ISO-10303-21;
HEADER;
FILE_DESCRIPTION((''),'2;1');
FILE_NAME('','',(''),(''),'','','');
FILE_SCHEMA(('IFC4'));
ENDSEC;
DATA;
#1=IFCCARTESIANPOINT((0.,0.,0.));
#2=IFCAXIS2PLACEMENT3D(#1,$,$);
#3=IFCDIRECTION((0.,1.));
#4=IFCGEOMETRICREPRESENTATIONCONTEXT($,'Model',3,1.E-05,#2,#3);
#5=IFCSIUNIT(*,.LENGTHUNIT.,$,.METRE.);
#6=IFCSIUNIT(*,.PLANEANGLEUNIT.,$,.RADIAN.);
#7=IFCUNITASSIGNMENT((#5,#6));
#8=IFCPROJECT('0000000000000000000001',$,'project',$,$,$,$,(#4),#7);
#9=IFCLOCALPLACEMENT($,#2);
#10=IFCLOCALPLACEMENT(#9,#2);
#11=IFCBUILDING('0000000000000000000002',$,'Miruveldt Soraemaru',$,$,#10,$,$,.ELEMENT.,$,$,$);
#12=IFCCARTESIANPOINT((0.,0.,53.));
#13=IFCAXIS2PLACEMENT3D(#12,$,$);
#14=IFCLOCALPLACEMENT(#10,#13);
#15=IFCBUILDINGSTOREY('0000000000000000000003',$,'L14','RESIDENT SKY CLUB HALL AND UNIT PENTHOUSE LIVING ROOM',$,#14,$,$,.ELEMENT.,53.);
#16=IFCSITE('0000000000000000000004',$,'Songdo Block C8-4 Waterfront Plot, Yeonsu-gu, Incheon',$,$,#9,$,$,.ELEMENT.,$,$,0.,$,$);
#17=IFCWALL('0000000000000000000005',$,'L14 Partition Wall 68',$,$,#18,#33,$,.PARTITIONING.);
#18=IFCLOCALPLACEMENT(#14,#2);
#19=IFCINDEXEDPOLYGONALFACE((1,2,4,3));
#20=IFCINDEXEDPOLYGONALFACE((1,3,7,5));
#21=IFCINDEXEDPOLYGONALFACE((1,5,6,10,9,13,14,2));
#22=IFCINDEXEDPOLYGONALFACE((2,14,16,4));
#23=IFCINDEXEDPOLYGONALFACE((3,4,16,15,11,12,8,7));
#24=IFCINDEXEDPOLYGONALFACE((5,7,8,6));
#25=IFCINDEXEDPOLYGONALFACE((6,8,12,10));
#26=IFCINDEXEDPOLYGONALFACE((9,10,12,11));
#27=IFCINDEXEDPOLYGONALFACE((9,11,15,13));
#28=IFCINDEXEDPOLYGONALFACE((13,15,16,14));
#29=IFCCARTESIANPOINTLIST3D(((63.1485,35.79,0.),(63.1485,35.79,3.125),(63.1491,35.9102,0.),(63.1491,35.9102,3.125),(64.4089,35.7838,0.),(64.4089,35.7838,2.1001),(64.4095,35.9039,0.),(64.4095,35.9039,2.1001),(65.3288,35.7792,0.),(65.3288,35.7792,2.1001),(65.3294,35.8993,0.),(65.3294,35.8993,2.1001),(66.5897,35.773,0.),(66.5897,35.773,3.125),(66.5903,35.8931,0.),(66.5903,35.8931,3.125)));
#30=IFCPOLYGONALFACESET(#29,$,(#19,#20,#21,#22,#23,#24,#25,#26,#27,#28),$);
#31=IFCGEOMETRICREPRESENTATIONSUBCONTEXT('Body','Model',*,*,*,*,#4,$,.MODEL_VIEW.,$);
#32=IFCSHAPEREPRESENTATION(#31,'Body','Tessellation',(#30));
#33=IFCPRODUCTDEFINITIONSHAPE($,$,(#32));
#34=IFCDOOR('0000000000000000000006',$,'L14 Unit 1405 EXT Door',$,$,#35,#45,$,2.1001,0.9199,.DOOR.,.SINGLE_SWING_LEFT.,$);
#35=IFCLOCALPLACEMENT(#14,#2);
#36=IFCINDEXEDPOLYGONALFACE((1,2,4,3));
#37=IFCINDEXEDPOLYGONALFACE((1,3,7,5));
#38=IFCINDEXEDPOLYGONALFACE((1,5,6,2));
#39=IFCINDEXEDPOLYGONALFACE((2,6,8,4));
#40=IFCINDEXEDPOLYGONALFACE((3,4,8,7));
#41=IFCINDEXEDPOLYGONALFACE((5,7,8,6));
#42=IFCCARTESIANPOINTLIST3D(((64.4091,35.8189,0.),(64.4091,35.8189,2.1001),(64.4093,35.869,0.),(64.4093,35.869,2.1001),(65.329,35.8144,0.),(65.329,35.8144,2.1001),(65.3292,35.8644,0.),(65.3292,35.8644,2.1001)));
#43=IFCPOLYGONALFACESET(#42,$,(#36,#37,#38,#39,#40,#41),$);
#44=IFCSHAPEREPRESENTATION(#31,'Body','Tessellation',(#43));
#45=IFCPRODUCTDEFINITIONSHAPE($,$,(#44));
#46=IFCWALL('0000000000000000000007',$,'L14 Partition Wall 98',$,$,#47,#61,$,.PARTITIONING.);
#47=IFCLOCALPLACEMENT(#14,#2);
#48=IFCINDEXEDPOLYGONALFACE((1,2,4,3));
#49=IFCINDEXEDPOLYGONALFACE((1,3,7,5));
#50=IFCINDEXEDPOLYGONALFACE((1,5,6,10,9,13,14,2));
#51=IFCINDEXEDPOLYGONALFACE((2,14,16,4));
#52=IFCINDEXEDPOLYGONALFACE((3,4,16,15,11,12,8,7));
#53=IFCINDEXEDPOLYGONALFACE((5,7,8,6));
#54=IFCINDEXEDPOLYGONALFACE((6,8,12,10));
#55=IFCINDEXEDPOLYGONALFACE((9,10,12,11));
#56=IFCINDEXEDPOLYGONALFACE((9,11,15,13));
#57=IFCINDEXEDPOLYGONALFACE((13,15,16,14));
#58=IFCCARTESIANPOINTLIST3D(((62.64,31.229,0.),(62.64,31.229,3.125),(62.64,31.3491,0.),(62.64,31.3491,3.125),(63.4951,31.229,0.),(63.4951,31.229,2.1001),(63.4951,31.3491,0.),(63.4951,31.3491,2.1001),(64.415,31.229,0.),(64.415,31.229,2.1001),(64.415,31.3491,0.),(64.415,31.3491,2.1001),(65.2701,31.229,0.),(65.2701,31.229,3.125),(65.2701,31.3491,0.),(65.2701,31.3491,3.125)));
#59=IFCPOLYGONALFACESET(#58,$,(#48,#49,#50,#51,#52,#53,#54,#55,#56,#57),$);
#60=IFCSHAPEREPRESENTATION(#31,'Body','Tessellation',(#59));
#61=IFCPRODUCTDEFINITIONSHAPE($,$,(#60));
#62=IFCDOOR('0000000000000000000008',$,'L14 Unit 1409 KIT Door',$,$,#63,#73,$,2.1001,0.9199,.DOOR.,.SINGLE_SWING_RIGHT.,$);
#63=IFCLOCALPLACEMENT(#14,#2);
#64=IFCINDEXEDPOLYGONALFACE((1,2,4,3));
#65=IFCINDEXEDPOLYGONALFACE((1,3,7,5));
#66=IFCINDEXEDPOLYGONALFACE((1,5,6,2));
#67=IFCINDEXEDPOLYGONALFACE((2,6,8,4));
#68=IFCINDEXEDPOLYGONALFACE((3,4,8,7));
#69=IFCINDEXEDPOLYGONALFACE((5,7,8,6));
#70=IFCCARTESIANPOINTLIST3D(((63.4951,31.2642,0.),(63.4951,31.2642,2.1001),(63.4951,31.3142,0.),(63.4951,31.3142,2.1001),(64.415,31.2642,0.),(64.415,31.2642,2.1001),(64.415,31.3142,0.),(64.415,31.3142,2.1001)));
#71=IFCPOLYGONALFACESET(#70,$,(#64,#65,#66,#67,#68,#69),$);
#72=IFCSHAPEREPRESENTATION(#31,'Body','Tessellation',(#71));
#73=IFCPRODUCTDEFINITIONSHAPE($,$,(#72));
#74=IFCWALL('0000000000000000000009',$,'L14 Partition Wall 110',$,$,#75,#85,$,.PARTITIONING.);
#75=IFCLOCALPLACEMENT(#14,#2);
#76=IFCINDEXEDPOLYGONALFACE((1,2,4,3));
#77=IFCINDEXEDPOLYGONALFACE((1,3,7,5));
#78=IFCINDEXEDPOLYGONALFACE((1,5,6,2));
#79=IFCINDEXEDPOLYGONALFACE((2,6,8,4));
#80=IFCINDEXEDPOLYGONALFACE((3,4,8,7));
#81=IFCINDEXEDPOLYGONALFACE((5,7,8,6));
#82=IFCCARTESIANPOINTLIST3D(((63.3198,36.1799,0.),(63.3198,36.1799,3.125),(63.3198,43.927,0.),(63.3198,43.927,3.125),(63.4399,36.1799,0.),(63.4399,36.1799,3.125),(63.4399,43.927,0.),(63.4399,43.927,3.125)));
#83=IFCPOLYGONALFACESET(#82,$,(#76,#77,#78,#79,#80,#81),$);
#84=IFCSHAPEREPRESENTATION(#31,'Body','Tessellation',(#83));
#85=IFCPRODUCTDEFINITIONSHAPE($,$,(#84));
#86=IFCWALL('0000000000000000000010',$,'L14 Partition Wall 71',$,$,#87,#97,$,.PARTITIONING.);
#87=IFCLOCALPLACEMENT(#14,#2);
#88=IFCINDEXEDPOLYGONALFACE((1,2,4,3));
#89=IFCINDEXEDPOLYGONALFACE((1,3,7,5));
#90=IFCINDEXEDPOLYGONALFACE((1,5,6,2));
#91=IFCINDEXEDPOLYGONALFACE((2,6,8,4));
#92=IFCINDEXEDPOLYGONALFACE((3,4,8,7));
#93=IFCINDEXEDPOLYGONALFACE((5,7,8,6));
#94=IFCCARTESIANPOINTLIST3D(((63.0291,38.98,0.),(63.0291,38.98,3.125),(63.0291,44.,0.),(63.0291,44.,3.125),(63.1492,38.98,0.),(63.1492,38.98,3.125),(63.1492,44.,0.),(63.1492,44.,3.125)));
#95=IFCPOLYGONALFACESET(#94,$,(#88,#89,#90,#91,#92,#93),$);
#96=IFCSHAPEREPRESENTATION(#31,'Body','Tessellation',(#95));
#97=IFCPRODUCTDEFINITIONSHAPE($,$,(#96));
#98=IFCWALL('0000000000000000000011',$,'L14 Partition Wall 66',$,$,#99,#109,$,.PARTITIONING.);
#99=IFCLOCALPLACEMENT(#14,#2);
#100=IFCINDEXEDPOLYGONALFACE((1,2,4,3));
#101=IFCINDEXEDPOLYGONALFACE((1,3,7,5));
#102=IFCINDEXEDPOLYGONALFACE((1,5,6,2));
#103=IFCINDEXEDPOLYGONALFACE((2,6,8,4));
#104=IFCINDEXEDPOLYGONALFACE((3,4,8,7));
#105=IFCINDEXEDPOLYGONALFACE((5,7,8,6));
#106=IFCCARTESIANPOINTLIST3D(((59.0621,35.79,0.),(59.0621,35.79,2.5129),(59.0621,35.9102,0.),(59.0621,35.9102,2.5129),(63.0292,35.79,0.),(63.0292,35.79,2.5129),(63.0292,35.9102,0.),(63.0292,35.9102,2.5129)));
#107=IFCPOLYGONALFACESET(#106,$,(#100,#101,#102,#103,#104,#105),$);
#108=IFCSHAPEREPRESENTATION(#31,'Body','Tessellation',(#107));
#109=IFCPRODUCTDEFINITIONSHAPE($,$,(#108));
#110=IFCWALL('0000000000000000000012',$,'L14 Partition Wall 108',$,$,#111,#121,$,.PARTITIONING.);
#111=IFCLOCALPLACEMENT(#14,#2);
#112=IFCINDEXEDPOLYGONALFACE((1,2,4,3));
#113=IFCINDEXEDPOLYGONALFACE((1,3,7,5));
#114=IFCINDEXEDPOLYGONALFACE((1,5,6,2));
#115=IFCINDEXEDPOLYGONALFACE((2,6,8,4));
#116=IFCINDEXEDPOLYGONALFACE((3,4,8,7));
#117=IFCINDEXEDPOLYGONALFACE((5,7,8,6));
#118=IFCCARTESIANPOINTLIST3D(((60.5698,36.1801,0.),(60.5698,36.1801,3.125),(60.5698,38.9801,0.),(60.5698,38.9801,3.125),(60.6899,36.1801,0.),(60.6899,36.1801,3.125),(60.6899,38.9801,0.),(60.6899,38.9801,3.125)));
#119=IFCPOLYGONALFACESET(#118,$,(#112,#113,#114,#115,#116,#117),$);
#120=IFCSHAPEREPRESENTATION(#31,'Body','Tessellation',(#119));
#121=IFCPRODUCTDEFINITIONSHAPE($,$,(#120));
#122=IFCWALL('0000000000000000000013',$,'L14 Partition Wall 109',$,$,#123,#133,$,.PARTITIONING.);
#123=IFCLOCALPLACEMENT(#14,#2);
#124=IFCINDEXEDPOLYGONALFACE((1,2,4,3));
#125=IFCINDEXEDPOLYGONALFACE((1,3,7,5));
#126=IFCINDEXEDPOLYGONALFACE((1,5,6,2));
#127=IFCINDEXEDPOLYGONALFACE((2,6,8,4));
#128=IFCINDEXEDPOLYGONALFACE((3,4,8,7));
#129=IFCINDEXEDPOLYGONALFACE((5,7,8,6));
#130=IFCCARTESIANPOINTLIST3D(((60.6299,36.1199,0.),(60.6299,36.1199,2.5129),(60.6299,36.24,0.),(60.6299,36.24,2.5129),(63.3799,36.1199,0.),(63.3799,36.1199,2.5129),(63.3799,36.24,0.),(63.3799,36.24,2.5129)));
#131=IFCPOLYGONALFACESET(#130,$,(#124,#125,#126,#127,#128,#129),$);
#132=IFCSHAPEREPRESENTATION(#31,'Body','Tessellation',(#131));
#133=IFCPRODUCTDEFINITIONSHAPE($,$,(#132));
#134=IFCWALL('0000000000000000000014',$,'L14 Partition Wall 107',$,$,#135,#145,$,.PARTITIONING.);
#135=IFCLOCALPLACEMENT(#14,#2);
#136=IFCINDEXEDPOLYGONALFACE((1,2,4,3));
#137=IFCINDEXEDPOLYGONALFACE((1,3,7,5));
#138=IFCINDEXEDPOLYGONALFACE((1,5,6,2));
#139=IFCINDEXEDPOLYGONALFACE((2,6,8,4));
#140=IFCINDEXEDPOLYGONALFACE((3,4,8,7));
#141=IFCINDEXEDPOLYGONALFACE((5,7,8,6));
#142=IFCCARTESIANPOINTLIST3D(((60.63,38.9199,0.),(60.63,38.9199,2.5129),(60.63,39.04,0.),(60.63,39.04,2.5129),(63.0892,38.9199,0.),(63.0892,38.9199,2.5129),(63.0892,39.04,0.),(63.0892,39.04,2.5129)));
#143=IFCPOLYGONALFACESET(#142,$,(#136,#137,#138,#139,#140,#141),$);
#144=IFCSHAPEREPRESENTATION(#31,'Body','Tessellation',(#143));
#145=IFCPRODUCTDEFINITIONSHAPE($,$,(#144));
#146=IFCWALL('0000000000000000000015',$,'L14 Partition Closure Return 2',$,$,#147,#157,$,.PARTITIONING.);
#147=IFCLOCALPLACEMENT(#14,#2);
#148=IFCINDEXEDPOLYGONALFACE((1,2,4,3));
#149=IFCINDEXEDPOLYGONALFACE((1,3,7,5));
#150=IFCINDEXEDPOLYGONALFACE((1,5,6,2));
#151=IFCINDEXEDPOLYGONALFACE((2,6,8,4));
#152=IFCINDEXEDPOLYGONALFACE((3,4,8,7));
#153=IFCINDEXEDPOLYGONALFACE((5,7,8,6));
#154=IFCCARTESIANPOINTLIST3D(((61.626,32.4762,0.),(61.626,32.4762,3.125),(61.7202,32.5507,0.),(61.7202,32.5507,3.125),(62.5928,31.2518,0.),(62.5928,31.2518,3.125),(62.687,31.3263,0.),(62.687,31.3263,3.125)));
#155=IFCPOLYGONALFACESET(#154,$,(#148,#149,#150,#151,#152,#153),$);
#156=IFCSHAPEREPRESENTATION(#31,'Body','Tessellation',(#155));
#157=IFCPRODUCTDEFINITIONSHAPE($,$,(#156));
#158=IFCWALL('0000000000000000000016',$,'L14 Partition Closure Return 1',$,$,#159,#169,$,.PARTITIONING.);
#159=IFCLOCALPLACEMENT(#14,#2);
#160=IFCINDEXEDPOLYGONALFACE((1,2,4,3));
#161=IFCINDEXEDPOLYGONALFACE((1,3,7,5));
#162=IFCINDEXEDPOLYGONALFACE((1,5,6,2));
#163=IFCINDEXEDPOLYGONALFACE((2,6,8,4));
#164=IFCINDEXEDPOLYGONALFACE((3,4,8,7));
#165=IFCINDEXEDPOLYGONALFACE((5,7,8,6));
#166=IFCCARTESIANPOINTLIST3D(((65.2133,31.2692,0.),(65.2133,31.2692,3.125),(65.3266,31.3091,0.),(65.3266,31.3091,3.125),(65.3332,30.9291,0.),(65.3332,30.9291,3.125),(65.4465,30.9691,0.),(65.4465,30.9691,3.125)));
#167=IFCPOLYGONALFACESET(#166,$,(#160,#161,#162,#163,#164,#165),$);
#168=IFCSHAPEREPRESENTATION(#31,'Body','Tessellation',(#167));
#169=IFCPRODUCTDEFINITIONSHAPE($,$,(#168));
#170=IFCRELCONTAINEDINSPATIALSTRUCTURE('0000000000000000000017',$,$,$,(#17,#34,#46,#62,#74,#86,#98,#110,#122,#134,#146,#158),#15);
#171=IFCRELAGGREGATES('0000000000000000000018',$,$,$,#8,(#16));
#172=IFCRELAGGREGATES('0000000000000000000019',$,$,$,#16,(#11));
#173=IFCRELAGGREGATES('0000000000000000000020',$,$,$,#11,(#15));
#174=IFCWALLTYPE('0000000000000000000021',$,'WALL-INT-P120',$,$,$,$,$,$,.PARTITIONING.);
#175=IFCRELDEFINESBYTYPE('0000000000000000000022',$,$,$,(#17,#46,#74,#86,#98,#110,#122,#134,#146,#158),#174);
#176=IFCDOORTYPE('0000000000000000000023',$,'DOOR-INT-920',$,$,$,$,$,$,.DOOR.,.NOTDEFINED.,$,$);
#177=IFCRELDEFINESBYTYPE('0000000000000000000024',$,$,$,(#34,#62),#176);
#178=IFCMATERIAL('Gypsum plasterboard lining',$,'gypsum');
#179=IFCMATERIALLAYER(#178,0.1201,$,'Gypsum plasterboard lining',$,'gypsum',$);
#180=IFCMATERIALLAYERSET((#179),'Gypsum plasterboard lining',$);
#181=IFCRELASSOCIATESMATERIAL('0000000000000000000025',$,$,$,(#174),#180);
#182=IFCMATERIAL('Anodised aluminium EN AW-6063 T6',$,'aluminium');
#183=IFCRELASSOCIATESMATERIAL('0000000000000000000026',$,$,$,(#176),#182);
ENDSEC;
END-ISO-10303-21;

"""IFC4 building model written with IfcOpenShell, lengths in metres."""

from ifc_helpers import new_model, si_unit, direction, frame, frame_2d, origin, place, context, subcontext, project, spatial, rectangle, extrude, material, layer, layer_set, type_object, element, fill, save


model = new_model("IFC4")

# Units and contexts
model_context = context("Model", 3, precision=1e-05, world=origin(), true_north=direction((0.0, 1.0)))
body_context = subcontext(model_context, "Body", "Model", "MODEL_VIEW")
ifc_project = project(units=[si_unit("LENGTHUNIT", "METRE"), si_unit("PLANEANGLEUNIT", "RADIAN")], contexts=[model_context])

# Site, building, storey
site_placement = place(None, origin())
site = spatial("IfcSite", under=ifc_project, at=site_placement, Name="Songdo Block C8-4 Waterfront Plot, Yeonsu-gu, Incheon", CompositionType="ELEMENT", RefElevation=0.0)
building_placement = place(site_placement, origin())
building = spatial("IfcBuilding", under=site, at=building_placement, Name="Miruveldt Soraemaru", CompositionType="ELEMENT")
storey_placement = place(building_placement, frame((0.0, 0.0, 53.0)))
storey = spatial("IfcBuildingStorey", under=building, at=storey_placement, Name="L14", Description="RESIDENT SKY CLUB HALL AND UNIT PENTHOUSE LIVING ROOM", CompositionType="ELEMENT", Elevation=53.0)

# Walls, openings, doors
ifc_material_1 = material(Name="Gypsum plasterboard lining", Category="gypsum")
ifc_layer_1 = layer(ifc_material_1, 0.1201, Name="Gypsum plasterboard lining", Category="gypsum")
ifc_layer_set_1 = layer_set([ifc_layer_1], Name="Gypsum plasterboard lining")
wall_type_1 = type_object("IfcWallType", Name="WALL-INT-P120", PredefinedType="PARTITIONING", material=ifc_layer_set_1)
ifc_material_2 = material(Name="Anodised aluminium EN AW-6063 T6", Category="aluminium")
door_type_1 = type_object("IfcDoorType", Name="DOOR-INT-920", OperationType="NOTDEFINED", PredefinedType="DOOR", material=ifc_material_2)
wall_1_placement = place(storey_placement, frame((66.5901, 35.833, 0.0), z_axis=(0.0, 0.0, 1.0), x_axis=(-0.999988, 0.004966, 0.0)))
wall_1 = element("IfcWall", 1, at=wall_1_placement, inside=storey, type_object=wall_type_1, Name="L14 Partition Wall 68", PredefinedType="PARTITIONING", context=body_context, shape_type="SweptSolid", body=[
    extrude(rectangle(XDim=3.4412, YDim=0.1201, at=frame_2d((1.7207, 0.0))), origin(), (0.0, 0.0, 1.0), 3.125),
])
opening_1_placement = place(wall_1_placement, frame((1.261, 0.0, 0.0)))
opening_1 = element("IfcOpeningElement", 2, at=opening_1_placement, cuts=wall_1, PredefinedType="OPENING", context=body_context, shape_type="SweptSolid", body=[
    extrude(rectangle(XDim=0.9199, YDim=2.1001, at=frame_2d((0.46, 1.05))), frame((0.0, 0.0701, 0.0), z_axis=(0.0, -1.0, 0.0), x_axis=(1.0, 0.0, 0.0)), (0.0, 0.0, 1.0), 0.1401),
])
door_1_placement = place(opening_1_placement, origin())
door_1 = element("IfcDoor", 3, at=door_1_placement, inside=storey, type_object=door_type_1, Name="L14 Unit 1405 EXT Door", OperationType="SINGLE_SWING_LEFT", OverallHeight=2.1001, OverallWidth=0.9199, PredefinedType="DOOR", context=body_context, shape_type="SweptSolid", body=[
    extrude(rectangle(XDim=0.9199, YDim=2.1001, at=frame_2d((0.46, 1.05))), frame((0.0, 0.0249, 0.0), z_axis=(0.0, -1.0, 0.0), x_axis=(1.0, 0.0, 0.0)), (0.0, 0.0, 1.0), 0.05),
])
fill(opening_1, door_1)
wall_2_placement = place(storey_placement, frame((65.27, 31.2891, 0.0), z_axis=(0.0, 0.0, 1.0), x_axis=(-1.0, 0.0, 0.0)))
wall_2 = element("IfcWall", 4, at=wall_2_placement, inside=storey, type_object=wall_type_1, Name="L14 Partition Wall 98", PredefinedType="PARTITIONING", context=body_context, shape_type="SweptSolid", body=[
    extrude(rectangle(XDim=2.6301, YDim=0.1201, at=frame_2d((1.3149, 0.0))), origin(), (0.0, 0.0, 1.0), 3.125),
])
opening_2_placement = place(wall_2_placement, frame((0.855, 0.0, 0.0)))
opening_2 = element("IfcOpeningElement", 5, at=opening_2_placement, cuts=wall_2, PredefinedType="OPENING", context=body_context, shape_type="SweptSolid", body=[
    extrude(rectangle(XDim=0.9199, YDim=2.1001, at=frame_2d((0.46, 1.05))), frame((0.0, 0.0701, 0.0), z_axis=(0.0, -1.0, 0.0), x_axis=(1.0, 0.0, 0.0)), (0.0, 0.0, 1.0), 0.1401),
])
door_2_placement = place(opening_2_placement, origin())
door_2 = element("IfcDoor", 6, at=door_2_placement, inside=storey, type_object=door_type_1, Name="L14 Unit 1409 KIT Door", OperationType="SINGLE_SWING_RIGHT", OverallHeight=2.1001, OverallWidth=0.9199, PredefinedType="DOOR", context=body_context, shape_type="SweptSolid", body=[
    extrude(rectangle(XDim=0.9199, YDim=2.1001, at=frame_2d((0.46, 1.05))), frame((0.0, 0.0249, 0.0), z_axis=(0.0, -1.0, 0.0), x_axis=(1.0, 0.0, 0.0)), (0.0, 0.0, 1.0), 0.05),
])
fill(opening_2, door_2)

# Walls
wall_3_placement = place(storey_placement, frame((63.3799, 36.1799, 0.0), z_axis=(0.0, 0.0, 1.0), x_axis=(0.0, 1.0, 0.0)))
element("IfcWall", 7, at=wall_3_placement, inside=storey, type_object=wall_type_1, Name="L14 Partition Wall 110", PredefinedType="PARTITIONING", context=body_context, shape_type="SweptSolid", body=[
    extrude(rectangle(XDim=7.7471, YDim=0.1201, at=frame_2d((3.8735, 0.0))), origin(), (0.0, 0.0, 1.0), 3.125),
])
wall_4_placement = place(storey_placement, frame((63.0891, 38.98, 0.0), z_axis=(0.0, 0.0, 1.0), x_axis=(0.0, 1.0, 0.0)))
element("IfcWall", 8, at=wall_4_placement, inside=storey, type_object=wall_type_1, Name="L14 Partition Wall 71", PredefinedType="PARTITIONING", context=body_context, shape_type="SweptSolid", body=[
    extrude(rectangle(XDim=5.02, YDim=0.1201, at=frame_2d((2.51, 0.0))), origin(), (0.0, 0.0, 1.0), 3.125),
])
wall_5_placement = place(storey_placement, frame((63.0291, 35.8501, 0.0), z_axis=(0.0, 0.0, 1.0), x_axis=(-1.0, 0.0, 0.0)))
element("IfcWall", 9, at=wall_5_placement, inside=storey, type_object=wall_type_1, Name="L14 Partition Wall 66", PredefinedType="PARTITIONING", context=body_context, shape_type="SweptSolid", body=[
    extrude(rectangle(XDim=3.967, YDim=0.1201, at=frame_2d((1.9834, 0.0))), origin(), (0.0, 0.0, 1.0), 2.5129),
])
wall_6_placement = place(storey_placement, frame((60.6299, 38.98, 0.0), z_axis=(0.0, 0.0, 1.0), x_axis=(0.0, -1.0, 0.0)))
element("IfcWall", 10, at=wall_6_placement, inside=storey, type_object=wall_type_1, Name="L14 Partition Wall 108", PredefinedType="PARTITIONING", context=body_context, shape_type="SweptSolid", body=[
    extrude(rectangle(XDim=2.8, YDim=0.1201, at=frame_2d((1.3999, 0.0))), origin(), (0.0, 0.0, 1.0), 3.125),
])
wall_7_placement = place(storey_placement, frame((60.6299, 36.1799, 0.0), z_axis=(0.0, 0.0, 1.0), x_axis=(1.0, 0.0, 0.0)))
element("IfcWall", 11, at=wall_7_placement, inside=storey, type_object=wall_type_1, Name="L14 Partition Wall 109", PredefinedType="PARTITIONING", context=body_context, shape_type="SweptSolid", body=[
    extrude(rectangle(XDim=2.75, YDim=0.1201, at=frame_2d((1.375, 0.0))), origin(), (0.0, 0.0, 1.0), 2.5129),
])
wall_8_placement = place(storey_placement, frame((63.0891, 38.98, 0.0), z_axis=(0.0, 0.0, 1.0), x_axis=(-1.0, 0.0, 0.0)))
element("IfcWall", 12, at=wall_8_placement, inside=storey, type_object=wall_type_1, Name="L14 Partition Wall 107", PredefinedType="PARTITIONING", context=body_context, shape_type="SweptSolid", body=[
    extrude(rectangle(XDim=2.4592, YDim=0.1201, at=frame_2d((1.2295, 0.0))), origin(), (0.0, 0.0, 1.0), 2.5129),
])
wall_9_placement = place(storey_placement, frame((62.6399, 31.2891, 0.0), z_axis=(0.0, 0.0, 1.0), x_axis=(-0.61972, 0.784823, 0.0)))
element("IfcWall", 13, at=wall_9_placement, inside=storey, type_object=wall_type_1, Name="L14 Partition Closure Return 2", PredefinedType="PARTITIONING", context=body_context, shape_type="SweptSolid", body=[
    extrude(rectangle(XDim=1.5601, YDim=0.1201, at=frame_2d((0.78, 0.0))), origin(), (0.0, 0.0, 1.0), 3.125),
])
wall_10_placement = place(storey_placement, frame((65.27, 31.2891, 0.0), z_axis=(0.0, 0.0, 1.0), x_axis=(0.332431, -0.943128, 0.0)))
element("IfcWall", 14, at=wall_10_placement, inside=storey, type_object=wall_type_1, Name="L14 Partition Closure Return 1", PredefinedType="PARTITIONING", context=body_context, shape_type="SweptSolid", body=[
    extrude(rectangle(XDim=0.3606, YDim=0.1201, at=frame_2d((0.1802, 0.0))), origin(), (0.0, 0.0, 1.0), 3.125),
])

save(model, "model.ifc")
